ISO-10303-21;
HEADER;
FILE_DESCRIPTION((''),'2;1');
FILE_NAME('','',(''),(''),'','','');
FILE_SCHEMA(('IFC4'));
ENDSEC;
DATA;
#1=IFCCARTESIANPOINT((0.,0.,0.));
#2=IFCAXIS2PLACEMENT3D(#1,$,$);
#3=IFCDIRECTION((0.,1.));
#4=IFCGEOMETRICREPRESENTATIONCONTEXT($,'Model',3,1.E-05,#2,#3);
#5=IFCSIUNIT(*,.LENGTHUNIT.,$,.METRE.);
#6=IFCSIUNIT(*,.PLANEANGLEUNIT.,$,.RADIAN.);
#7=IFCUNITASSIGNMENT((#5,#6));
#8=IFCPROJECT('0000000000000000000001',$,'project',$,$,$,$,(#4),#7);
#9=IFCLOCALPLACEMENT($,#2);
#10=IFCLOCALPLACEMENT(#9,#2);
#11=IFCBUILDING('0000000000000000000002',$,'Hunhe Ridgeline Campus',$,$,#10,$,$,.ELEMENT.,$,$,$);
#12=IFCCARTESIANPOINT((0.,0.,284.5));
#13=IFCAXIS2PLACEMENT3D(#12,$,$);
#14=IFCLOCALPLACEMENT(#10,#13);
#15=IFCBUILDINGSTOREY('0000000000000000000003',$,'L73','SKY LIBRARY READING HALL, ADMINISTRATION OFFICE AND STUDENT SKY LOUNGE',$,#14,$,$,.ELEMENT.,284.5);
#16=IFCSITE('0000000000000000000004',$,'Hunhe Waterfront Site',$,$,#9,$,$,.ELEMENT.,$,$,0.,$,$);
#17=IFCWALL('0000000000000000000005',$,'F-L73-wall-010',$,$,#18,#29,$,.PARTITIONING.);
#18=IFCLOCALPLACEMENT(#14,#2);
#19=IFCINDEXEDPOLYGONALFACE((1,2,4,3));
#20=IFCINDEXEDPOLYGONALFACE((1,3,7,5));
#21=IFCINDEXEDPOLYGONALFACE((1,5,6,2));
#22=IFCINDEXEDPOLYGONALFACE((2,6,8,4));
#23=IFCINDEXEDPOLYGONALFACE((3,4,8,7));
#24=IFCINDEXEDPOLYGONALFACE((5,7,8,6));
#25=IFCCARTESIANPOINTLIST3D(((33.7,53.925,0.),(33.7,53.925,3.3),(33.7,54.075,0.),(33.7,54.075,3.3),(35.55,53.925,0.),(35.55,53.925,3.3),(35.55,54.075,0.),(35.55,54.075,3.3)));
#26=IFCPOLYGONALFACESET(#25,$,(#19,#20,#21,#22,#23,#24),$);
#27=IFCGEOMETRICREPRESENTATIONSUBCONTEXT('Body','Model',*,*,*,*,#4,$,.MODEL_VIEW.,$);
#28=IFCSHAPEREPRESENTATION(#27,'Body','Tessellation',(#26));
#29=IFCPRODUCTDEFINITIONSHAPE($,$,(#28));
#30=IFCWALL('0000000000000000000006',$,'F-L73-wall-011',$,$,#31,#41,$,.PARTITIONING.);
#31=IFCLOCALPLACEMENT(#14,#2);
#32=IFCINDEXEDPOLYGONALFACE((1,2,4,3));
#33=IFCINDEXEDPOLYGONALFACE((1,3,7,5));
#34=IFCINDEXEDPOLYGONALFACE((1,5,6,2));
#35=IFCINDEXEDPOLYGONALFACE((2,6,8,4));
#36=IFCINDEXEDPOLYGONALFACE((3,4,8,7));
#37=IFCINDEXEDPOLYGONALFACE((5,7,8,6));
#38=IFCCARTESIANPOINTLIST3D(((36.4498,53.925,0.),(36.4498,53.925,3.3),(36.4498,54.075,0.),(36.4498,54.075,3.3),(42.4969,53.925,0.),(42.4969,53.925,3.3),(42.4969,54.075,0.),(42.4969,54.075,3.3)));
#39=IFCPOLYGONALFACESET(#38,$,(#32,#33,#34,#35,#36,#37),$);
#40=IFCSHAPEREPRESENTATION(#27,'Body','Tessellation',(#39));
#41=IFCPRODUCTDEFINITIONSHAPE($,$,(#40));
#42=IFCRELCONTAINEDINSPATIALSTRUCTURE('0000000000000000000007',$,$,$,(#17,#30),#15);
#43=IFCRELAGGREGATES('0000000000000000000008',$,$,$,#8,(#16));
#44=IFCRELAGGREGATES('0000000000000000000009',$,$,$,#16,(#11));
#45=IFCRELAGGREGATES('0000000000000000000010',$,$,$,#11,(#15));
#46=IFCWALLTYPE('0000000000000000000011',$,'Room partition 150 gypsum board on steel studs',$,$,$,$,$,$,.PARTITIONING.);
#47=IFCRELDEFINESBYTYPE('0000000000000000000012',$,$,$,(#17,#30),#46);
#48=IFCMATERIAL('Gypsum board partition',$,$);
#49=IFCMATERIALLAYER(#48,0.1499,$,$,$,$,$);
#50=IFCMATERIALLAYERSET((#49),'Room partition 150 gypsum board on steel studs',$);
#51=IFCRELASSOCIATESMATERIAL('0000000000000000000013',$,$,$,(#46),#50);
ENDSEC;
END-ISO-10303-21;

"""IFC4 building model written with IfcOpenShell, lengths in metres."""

from ifc_helpers import new_model, si_unit, direction, frame, frame_2d, origin, place, context, subcontext, project, spatial, rectangle, extrude, material, layer, layer_set, type_object, element, save


model = new_model("IFC4")

# Units and contexts
model_context = context("Model", 3, precision=1e-05, world=origin(), true_north=direction((0.0, 1.0)))
body_context = subcontext(model_context, "Body", "Model", "MODEL_VIEW")
ifc_project = project(units=[si_unit("LENGTHUNIT", "METRE"), si_unit("PLANEANGLEUNIT", "RADIAN")], contexts=[model_context])

# Site, building, storey
site_placement = place(None, origin())
site = spatial("IfcSite", under=ifc_project, at=site_placement, Name="Hunhe Waterfront Site", CompositionType="ELEMENT", RefElevation=0.0)
building_placement = place(site_placement, origin())
building = spatial("IfcBuilding", under=site, at=building_placement, Name="Hunhe Ridgeline Campus", CompositionType="ELEMENT")
storey_placement = place(building_placement, frame((0.0, 0.0, 284.5)))
storey = spatial("IfcBuildingStorey", under=building, at=storey_placement, Name="L73", Description="SKY LIBRARY READING HALL, ADMINISTRATION OFFICE AND STUDENT SKY LOUNGE", CompositionType="ELEMENT", Elevation=284.5)

# Walls
ifc_material_1 = material(Name="Gypsum board partition")
ifc_layer_1 = layer(ifc_material_1, 0.1499)
ifc_layer_set_1 = layer_set([ifc_layer_1], Name="Room partition 150 gypsum board on steel studs")
wall_type_1 = type_object("IfcWallType", Name="Room partition 150 gypsum board on steel studs", PredefinedType="PARTITIONING", material=ifc_layer_set_1)
wall_1_placement = place(storey_placement, frame((33.7, 54.0, 0.0), z_axis=(0.0, 0.0, 1.0), x_axis=(1.0, 0.0, 0.0)))
element("IfcWall", 1, at=wall_1_placement, inside=storey, type_object=wall_type_1, Name="F-L73-wall-010", PredefinedType="PARTITIONING", context=body_context, shape_type="SweptSolid", body=[
    extrude(rectangle(XDim=1.8501, YDim=0.1499, at=frame_2d((0.925, 0.0))), origin(), (0.0, 0.0, 1.0), 3.3),
])
wall_2_placement = place(storey_placement, frame((36.45, 54.0, 0.0), z_axis=(0.0, 0.0, 1.0), x_axis=(1.0, 0.0, 0.0)))
element("IfcWall", 2, at=wall_2_placement, inside=storey, type_object=wall_type_1, Name="F-L73-wall-011", PredefinedType="PARTITIONING", context=body_context, shape_type="SweptSolid", body=[
    extrude(rectangle(XDim=6.0471, YDim=0.1499, at=frame_2d((3.0234, 0.0))), origin(), (0.0, 0.0, 1.0), 3.3),
])

save(model, "model.ifc")
